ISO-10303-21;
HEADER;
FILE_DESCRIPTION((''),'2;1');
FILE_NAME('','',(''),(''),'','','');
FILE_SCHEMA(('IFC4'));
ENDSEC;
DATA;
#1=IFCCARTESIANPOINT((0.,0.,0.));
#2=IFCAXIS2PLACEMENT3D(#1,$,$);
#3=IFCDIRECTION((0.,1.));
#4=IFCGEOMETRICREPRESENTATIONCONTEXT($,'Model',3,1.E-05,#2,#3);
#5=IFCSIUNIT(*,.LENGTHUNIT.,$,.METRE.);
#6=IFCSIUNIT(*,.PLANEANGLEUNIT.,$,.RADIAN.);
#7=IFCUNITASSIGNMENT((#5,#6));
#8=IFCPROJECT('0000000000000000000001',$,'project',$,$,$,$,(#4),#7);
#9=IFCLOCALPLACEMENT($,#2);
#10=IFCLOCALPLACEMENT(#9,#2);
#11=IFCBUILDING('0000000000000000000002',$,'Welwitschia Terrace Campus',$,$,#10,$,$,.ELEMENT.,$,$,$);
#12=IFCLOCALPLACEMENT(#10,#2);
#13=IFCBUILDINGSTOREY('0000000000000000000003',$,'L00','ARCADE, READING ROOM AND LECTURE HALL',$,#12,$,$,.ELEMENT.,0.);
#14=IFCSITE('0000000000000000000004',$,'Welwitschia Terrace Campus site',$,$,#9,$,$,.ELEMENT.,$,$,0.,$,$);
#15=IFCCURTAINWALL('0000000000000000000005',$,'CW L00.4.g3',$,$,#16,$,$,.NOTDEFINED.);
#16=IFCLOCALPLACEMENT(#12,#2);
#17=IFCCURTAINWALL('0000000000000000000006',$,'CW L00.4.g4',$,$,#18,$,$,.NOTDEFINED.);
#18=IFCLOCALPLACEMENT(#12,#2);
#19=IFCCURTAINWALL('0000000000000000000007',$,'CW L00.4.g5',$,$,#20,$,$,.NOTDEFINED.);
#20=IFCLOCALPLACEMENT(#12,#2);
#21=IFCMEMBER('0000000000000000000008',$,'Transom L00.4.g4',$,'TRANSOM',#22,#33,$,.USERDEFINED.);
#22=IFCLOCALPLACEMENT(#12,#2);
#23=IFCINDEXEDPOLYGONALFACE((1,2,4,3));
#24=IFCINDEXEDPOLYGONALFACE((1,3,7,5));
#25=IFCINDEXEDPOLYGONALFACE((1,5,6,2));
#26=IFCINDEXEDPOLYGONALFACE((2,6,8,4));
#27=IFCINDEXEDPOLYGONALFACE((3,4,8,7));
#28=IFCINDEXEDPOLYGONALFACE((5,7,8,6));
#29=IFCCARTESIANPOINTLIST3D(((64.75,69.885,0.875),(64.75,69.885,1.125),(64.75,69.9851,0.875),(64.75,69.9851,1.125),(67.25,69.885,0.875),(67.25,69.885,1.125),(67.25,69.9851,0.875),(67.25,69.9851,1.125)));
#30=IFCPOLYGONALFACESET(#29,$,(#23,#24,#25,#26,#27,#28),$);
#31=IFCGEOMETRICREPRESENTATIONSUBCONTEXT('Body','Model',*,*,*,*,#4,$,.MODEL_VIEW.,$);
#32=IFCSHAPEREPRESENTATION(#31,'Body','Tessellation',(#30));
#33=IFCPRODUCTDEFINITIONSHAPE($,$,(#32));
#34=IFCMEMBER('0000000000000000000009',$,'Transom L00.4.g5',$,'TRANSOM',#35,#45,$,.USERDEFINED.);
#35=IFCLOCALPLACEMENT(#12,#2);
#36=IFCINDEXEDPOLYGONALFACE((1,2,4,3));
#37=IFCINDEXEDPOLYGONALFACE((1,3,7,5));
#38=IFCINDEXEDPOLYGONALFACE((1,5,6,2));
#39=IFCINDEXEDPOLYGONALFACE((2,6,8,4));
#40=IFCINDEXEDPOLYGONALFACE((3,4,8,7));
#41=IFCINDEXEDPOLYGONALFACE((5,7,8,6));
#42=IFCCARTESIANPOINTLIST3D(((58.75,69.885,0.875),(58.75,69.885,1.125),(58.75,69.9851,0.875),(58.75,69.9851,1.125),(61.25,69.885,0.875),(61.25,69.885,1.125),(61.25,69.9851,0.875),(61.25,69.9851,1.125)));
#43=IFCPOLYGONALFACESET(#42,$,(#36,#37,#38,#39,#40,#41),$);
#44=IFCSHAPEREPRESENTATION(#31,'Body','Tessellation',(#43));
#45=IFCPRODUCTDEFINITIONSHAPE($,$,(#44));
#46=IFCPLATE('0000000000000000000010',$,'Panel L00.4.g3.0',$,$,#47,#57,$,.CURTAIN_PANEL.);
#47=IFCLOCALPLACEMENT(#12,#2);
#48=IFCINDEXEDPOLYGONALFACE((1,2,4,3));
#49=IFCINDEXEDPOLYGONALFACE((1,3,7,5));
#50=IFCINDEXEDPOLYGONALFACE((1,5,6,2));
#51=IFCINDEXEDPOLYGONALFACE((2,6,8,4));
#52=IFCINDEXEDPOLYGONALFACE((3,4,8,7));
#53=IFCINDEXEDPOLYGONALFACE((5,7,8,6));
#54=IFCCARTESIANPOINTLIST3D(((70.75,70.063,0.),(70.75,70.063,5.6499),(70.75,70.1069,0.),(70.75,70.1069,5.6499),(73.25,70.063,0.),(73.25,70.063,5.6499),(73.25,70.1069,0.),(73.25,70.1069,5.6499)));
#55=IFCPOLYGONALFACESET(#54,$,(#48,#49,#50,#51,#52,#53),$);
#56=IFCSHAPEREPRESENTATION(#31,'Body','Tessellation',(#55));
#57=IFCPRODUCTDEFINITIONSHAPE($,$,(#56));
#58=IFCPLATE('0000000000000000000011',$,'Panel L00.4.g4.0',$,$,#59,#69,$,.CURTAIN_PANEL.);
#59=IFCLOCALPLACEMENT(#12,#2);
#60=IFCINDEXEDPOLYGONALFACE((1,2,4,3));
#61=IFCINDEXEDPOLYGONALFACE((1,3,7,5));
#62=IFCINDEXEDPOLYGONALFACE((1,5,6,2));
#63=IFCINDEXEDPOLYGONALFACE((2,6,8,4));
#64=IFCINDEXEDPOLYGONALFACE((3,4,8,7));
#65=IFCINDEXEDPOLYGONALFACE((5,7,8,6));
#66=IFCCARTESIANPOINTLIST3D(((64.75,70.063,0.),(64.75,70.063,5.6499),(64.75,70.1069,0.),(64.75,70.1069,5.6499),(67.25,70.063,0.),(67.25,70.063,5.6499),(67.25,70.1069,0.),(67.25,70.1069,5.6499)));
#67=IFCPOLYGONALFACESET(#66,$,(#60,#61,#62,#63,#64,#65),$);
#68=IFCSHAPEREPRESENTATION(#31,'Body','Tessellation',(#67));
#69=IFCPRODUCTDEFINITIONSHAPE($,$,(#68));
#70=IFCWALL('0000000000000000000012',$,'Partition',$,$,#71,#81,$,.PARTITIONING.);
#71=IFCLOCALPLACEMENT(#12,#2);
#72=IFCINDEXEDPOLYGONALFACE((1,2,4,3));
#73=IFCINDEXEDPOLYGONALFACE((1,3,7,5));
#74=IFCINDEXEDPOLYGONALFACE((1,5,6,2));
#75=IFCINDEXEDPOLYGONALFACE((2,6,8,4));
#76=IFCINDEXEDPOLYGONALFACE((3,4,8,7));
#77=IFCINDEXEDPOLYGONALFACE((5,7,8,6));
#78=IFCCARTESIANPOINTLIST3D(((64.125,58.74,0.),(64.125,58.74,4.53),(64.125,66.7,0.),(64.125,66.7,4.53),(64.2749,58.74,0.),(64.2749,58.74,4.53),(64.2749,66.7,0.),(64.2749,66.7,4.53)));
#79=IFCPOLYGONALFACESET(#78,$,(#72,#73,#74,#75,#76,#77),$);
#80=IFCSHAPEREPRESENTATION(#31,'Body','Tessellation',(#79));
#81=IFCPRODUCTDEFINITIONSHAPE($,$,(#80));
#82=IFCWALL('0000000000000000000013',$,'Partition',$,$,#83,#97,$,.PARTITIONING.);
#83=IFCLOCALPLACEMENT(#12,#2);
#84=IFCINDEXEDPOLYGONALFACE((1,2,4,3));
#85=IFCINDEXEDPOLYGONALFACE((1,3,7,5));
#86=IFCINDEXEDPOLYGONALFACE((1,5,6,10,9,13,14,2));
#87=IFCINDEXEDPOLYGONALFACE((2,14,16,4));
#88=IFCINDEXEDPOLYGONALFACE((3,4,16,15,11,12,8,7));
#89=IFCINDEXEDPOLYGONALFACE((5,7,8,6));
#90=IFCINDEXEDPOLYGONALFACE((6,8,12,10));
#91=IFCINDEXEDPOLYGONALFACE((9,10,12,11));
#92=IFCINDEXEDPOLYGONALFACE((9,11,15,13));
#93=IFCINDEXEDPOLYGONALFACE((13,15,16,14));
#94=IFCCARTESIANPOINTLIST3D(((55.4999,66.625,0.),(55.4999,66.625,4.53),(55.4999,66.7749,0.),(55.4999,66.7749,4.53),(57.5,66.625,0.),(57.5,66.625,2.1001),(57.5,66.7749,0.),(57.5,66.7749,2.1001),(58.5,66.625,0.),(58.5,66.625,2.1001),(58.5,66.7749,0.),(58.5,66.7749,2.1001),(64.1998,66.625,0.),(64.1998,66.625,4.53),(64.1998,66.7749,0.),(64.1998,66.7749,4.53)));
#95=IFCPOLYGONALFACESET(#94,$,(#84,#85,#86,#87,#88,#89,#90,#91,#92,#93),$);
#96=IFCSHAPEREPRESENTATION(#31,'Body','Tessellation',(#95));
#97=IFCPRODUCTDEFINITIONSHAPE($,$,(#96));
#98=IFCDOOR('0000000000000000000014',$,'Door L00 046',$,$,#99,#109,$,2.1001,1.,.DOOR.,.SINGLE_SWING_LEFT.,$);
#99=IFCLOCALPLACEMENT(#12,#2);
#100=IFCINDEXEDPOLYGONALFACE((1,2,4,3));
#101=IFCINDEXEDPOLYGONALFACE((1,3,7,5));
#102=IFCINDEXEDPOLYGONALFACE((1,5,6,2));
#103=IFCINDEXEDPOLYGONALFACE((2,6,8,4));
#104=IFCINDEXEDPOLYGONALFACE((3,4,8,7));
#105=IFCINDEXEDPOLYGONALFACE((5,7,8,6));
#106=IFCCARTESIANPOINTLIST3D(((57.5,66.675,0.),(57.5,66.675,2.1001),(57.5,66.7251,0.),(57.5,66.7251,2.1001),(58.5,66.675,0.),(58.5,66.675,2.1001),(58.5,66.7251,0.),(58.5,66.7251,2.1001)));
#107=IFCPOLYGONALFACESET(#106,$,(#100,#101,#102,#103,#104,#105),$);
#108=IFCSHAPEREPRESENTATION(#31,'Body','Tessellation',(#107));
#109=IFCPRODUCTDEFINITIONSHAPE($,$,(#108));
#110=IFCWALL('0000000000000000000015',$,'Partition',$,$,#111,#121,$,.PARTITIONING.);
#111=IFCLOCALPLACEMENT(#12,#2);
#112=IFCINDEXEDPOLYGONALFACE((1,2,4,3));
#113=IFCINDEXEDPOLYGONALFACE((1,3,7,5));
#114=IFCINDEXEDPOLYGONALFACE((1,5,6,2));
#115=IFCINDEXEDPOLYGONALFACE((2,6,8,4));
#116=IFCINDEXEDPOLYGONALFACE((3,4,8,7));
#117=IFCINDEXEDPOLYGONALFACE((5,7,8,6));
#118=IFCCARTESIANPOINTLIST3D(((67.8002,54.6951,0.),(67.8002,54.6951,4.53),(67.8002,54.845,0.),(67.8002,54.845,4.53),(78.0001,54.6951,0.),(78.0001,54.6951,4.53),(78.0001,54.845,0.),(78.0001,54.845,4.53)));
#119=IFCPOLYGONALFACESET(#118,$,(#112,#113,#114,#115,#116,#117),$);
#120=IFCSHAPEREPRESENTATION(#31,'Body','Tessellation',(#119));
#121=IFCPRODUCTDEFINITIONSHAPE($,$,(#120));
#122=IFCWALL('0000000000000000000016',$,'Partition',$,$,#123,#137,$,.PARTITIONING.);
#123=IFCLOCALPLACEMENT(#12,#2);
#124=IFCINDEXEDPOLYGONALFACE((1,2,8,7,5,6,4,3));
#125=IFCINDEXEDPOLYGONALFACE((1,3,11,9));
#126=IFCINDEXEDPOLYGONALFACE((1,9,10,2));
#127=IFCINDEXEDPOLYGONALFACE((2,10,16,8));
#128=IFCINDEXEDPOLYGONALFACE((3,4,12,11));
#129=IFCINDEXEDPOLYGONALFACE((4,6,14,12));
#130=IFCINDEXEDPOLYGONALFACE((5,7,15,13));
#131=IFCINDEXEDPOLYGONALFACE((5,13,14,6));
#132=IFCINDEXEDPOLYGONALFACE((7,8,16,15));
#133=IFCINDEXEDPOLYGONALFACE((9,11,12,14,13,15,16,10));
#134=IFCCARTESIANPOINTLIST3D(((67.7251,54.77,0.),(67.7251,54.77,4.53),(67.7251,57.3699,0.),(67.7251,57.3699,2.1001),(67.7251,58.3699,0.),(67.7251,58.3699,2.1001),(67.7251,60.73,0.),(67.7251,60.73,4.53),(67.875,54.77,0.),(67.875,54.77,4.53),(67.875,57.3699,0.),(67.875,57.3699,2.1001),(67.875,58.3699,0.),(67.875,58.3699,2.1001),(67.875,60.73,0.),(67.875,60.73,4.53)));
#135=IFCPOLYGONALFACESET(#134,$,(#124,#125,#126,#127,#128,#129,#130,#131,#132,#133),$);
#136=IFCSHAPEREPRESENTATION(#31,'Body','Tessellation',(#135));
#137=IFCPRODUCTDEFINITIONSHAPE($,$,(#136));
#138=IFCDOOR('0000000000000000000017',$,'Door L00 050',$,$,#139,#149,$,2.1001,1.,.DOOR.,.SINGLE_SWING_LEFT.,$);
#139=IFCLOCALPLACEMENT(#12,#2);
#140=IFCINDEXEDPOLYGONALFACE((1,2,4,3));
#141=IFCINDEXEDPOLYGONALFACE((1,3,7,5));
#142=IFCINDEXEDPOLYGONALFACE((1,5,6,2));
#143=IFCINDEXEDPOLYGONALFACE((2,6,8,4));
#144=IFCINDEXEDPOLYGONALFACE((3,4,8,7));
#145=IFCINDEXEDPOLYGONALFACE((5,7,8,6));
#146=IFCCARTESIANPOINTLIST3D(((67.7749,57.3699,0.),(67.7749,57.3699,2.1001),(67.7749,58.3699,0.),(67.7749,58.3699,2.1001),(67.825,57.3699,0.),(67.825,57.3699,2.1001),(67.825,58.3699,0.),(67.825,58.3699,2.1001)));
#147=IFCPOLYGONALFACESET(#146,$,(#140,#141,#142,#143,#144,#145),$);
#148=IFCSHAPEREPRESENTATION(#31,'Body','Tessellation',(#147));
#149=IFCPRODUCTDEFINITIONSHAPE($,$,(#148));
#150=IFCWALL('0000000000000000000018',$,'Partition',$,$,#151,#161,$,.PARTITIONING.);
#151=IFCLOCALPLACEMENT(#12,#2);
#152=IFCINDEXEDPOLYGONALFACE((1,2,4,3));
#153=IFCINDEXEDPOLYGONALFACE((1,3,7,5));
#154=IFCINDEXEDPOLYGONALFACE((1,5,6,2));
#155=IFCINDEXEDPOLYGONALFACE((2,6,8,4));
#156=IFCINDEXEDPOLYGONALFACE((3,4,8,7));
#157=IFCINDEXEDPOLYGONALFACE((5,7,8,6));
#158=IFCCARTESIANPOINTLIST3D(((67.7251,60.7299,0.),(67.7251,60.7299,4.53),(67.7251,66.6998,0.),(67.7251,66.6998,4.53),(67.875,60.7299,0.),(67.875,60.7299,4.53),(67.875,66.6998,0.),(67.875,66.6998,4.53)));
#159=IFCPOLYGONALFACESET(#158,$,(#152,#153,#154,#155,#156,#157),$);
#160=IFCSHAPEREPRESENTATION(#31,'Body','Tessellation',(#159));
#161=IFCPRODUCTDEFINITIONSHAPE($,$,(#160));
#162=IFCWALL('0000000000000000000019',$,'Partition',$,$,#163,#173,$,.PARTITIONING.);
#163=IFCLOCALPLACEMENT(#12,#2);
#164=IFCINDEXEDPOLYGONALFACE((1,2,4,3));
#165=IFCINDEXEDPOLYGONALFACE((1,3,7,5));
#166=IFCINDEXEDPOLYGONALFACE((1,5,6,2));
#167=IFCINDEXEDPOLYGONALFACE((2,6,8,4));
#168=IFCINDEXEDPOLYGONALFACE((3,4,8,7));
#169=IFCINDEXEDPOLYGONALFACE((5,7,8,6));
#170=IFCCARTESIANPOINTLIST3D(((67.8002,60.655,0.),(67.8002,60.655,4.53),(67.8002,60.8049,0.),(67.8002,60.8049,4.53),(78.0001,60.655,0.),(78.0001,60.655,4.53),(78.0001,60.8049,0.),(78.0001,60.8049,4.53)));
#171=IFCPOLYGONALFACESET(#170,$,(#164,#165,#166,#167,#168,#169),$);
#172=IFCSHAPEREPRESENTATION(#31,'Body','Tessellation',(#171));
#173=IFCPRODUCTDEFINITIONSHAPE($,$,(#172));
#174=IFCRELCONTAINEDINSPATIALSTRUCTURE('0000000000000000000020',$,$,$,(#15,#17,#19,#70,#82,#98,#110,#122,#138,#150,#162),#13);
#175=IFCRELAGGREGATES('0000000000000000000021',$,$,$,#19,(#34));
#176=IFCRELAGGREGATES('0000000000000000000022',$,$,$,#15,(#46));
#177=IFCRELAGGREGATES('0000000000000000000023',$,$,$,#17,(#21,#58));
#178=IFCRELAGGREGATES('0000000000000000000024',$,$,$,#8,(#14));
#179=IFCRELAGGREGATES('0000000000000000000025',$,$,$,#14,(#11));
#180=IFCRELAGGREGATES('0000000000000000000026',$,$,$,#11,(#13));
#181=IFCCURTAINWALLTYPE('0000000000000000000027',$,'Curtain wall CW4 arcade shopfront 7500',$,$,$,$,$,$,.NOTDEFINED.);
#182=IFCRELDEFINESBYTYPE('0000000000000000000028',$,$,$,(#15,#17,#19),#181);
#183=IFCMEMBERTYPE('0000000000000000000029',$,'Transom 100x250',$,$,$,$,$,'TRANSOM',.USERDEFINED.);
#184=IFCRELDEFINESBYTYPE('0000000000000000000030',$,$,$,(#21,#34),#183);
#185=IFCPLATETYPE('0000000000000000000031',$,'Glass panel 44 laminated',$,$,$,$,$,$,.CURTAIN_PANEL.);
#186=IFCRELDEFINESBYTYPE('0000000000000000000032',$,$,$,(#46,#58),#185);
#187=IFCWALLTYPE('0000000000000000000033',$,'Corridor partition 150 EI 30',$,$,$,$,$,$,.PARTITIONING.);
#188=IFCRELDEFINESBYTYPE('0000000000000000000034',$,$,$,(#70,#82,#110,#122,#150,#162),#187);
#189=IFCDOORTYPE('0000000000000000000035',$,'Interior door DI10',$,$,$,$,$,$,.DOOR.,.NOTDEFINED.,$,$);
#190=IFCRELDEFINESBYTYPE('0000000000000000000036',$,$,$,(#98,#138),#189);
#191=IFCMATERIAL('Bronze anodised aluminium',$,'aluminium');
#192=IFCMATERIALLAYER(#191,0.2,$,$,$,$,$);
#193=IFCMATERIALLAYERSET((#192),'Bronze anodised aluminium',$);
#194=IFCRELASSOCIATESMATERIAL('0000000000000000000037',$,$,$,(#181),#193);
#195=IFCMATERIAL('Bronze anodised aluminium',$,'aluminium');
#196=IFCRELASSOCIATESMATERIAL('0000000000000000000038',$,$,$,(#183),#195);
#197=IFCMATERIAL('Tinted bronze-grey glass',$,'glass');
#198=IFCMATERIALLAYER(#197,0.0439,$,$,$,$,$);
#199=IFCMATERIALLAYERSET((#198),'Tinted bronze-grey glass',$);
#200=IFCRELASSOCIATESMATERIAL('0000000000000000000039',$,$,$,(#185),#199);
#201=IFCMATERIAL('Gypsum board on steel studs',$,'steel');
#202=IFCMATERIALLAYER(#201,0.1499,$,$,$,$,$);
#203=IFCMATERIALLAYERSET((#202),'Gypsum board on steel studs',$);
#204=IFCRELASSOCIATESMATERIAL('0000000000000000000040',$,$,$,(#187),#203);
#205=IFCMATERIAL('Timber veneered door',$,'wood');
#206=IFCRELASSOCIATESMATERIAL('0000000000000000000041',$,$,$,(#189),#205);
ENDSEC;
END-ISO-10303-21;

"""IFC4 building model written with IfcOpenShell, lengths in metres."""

from ifc_helpers import new_model, si_unit, direction, frame, frame_2d, origin, origin_2d, place, context, subcontext, project, spatial, rectangle, extrude, material, layer, layer_set, material_profile, profile_set, type_object, element, fill, aggregate, save


model = new_model("IFC4")

# Units and contexts
model_context = context("Model", 3, precision=1e-05, world=origin(), true_north=direction((0.0, 1.0)))
body_context = subcontext(model_context, "Body", "Model", "MODEL_VIEW")
ifc_project = project(units=[si_unit("LENGTHUNIT", "METRE"), si_unit("PLANEANGLEUNIT", "RADIAN")], contexts=[model_context])

# Site, building, storey
site_placement = place(None, origin())
site = spatial("IfcSite", under=ifc_project, at=site_placement, Name="Welwitschia Terrace Campus site", CompositionType="ELEMENT", RefElevation=0.0)
building_placement = place(site_placement, origin())
building = spatial("IfcBuilding", under=site, at=building_placement, Name="Welwitschia Terrace Campus", CompositionType="ELEMENT")
storey_placement = place(building_placement, origin())
storey = spatial("IfcBuildingStorey", under=building, at=storey_placement, Name="L00", Description="ARCADE, READING ROOM AND LECTURE HALL", CompositionType="ELEMENT", Elevation=0.0)

# Shared definitions
ifc_material_1 = material(Name="Bronze anodised aluminium", Category="aluminium")
ifc_layer_1 = layer(ifc_material_1, 0.2)
ifc_layer_set_1 = layer_set([ifc_layer_1], Name="Bronze anodised aluminium")
curtain_wall_type = type_object("IfcCurtainWallType", Name="Curtain wall CW4 arcade shopfront 7500", PredefinedType="NOTDEFINED", material=ifc_layer_set_1)

# Curtain walls
curtain_wall_1_placement = place(storey_placement, origin())
curtain_wall_1 = element("IfcCurtainWall", 1, at=curtain_wall_1_placement, inside=storey, type_object=curtain_wall_type, Name="CW L00.4.g3", PredefinedType="NOTDEFINED")
curtain_wall_2_placement = place(storey_placement, origin())
curtain_wall_2 = element("IfcCurtainWall", 2, at=curtain_wall_2_placement, inside=storey, type_object=curtain_wall_type, Name="CW L00.4.g4", PredefinedType="NOTDEFINED")

# Curtain wall
curtain_wall_3_placement = place(storey_placement, origin())
curtain_wall_3 = element("IfcCurtainWall", 3, at=curtain_wall_3_placement, inside=storey, type_object=curtain_wall_type, Name="CW L00.4.g5", PredefinedType="NOTDEFINED")

# Members
ifc_material_2 = material(Name="Bronze anodised aluminium", Category="aluminium")
ifc_material_profile_1 = material_profile(ifc_material_2, rectangle(XDim=0.1001, YDim=0.25, at=origin_2d()))
ifc_profile_set_1 = profile_set([ifc_material_profile_1], Name="Bronze anodised aluminium")
member_type_1 = type_object("IfcMemberType", Name="Transom 100x250", ElementType="TRANSOM", PredefinedType="USERDEFINED", material=ifc_profile_set_1)
member_1_placement = place(storey_placement, frame((67.25, 69.9351, 1.0), z_axis=(-1.0, 0.0, 0.0), x_axis=(0.0, -1.0, 0.0)))
member_1 = element("IfcMember", 4, at=member_1_placement, type_object=member_type_1, Name="Transom L00.4.g4", ObjectType="TRANSOM", PredefinedType="USERDEFINED", context=body_context, shape_type="SweptSolid", body=[
    extrude(rectangle(XDim=0.1001, YDim=0.25, at=origin_2d()), origin(), (0.0, 0.0, 1.0), 2.5),
])
member_2_placement = place(storey_placement, frame((61.25, 69.9351, 1.0), z_axis=(-1.0, 0.0, 0.0), x_axis=(0.0, -1.0, 0.0)))
member_2 = element("IfcMember", 5, at=member_2_placement, type_object=member_type_1, Name="Transom L00.4.g5", ObjectType="TRANSOM", PredefinedType="USERDEFINED", context=body_context, shape_type="SweptSolid", body=[
    extrude(rectangle(XDim=0.1001, YDim=0.25, at=origin_2d()), origin(), (0.0, 0.0, 1.0), 2.5),
])
aggregate(curtain_wall_3, [member_2])

# Plates
ifc_material_3 = material(Name="Tinted bronze-grey glass", Category="glass")
ifc_layer_2 = layer(ifc_material_3, 0.0439)
ifc_layer_set_2 = layer_set([ifc_layer_2], Name="Tinted bronze-grey glass")
plate_type = type_object("IfcPlateType", Name="Glass panel 44 laminated", PredefinedType="CURTAIN_PANEL", material=ifc_layer_set_2)
plate_1_placement = place(storey_placement, frame((72.0, 70.085, 0.0), z_axis=(0.0, 0.0, 1.0), x_axis=(-1.0, 0.0, 0.0)))
plate_1 = element("IfcPlate", 6, at=plate_1_placement, type_object=plate_type, Name="Panel L00.4.g3.0", PredefinedType="CURTAIN_PANEL", context=body_context, shape_type="SweptSolid", body=[
    extrude(rectangle(XDim=2.5, YDim=0.0439, at=origin_2d()), origin(), (0.0, 0.0, 1.0), 5.6499),
])
aggregate(curtain_wall_1, [plate_1])
plate_2_placement = place(storey_placement, frame((66.0, 70.085, 0.0), z_axis=(0.0, 0.0, 1.0), x_axis=(-1.0, 0.0, 0.0)))
plate_2 = element("IfcPlate", 7, at=plate_2_placement, type_object=plate_type, Name="Panel L00.4.g4.0", PredefinedType="CURTAIN_PANEL", context=body_context, shape_type="SweptSolid", body=[
    extrude(rectangle(XDim=2.5, YDim=0.0439, at=origin_2d()), origin(), (0.0, 0.0, 1.0), 5.6499),
])
aggregate(curtain_wall_2, [member_1, plate_2])

# Wall
ifc_material_4 = material(Name="Gypsum board on steel studs", Category="steel")
ifc_layer_3 = layer(ifc_material_4, 0.1499)
ifc_layer_set_3 = layer_set([ifc_layer_3], Name="Gypsum board on steel studs")
wall_type_1 = type_object("IfcWallType", Name="Corridor partition 150 EI 30", PredefinedType="PARTITIONING", material=ifc_layer_set_3)
wall_1_placement = place(storey_placement, frame((64.2, 58.74, 0.0), z_axis=(0.0, 0.0, 1.0), x_axis=(0.0, 1.0, 0.0)))
element("IfcWall", 8, at=wall_1_placement, inside=storey, type_object=wall_type_1, Name="Partition", PredefinedType="PARTITIONING", context=body_context, shape_type="SweptSolid", body=[
    extrude(rectangle(XDim=7.96, YDim=0.1499, at=frame_2d((3.98, 0.0))), origin(), (0.0, 0.0, 1.0), 4.53),
])

# Wall, opening, door
wall_2_placement = place(storey_placement, frame((64.2, 66.7, 0.0), z_axis=(0.0, 0.0, 1.0), x_axis=(-1.0, 0.0, 0.0)))
wall_2 = element("IfcWall", 9, at=wall_2_placement, inside=storey, type_object=wall_type_1, Name="Partition", PredefinedType="PARTITIONING", context=body_context, shape_type="SweptSolid", body=[
    extrude(rectangle(XDim=8.7, YDim=0.1499, at=frame_2d((4.3501, 0.0))), origin(), (0.0, 0.0, 1.0), 4.53),
])
opening_1_placement = place(wall_2_placement, frame((5.7, 0.0, 0.0)))
opening_1 = element("IfcOpeningElement", 10, at=opening_1_placement, cuts=wall_2, PredefinedType="OPENING", context=body_context, shape_type="SweptSolid", body=[
    extrude(rectangle(XDim=1.0, YDim=2.1001, at=frame_2d((0.5, 1.05))), frame((0.0, 0.085, 0.0), z_axis=(0.0, -1.0, 0.0), x_axis=(1.0, 0.0, 0.0)), (0.0, 0.0, 1.0), 0.1699),
])
ifc_material_5 = material(Name="Timber veneered door", Category="wood")
door_type_1 = type_object("IfcDoorType", Name="Interior door DI10", OperationType="NOTDEFINED", PredefinedType="DOOR", material=ifc_material_5)
door_1_placement = place(opening_1_placement, origin())
door_1 = element("IfcDoor", 11, at=door_1_placement, inside=storey, type_object=door_type_1, Name="Door L00 046", OperationType="SINGLE_SWING_LEFT", OverallHeight=2.1001, OverallWidth=1.0, PredefinedType="DOOR", context=body_context, shape_type="SweptSolid", body=[
    extrude(rectangle(XDim=1.0, YDim=2.1001, at=frame_2d((0.5, 1.05))), frame((0.0, 0.0249, 0.0), z_axis=(0.0, -1.0, 0.0), x_axis=(1.0, 0.0, 0.0)), (0.0, 0.0, 1.0), 0.05),
])
fill(opening_1, door_1)

# Wall
wall_3_placement = place(storey_placement, frame((67.8, 54.77, 0.0), z_axis=(0.0, 0.0, 1.0), x_axis=(1.0, 0.0, 0.0)))
element("IfcWall", 12, at=wall_3_placement, inside=storey, type_object=wall_type_1, Name="Partition", PredefinedType="PARTITIONING", context=body_context, shape_type="SweptSolid", body=[
    extrude(rectangle(XDim=10.2, YDim=0.1499, at=frame_2d((5.1001, 0.0))), origin(), (0.0, 0.0, 1.0), 4.53),
])

# Wall, opening, door
wall_4_placement = place(storey_placement, frame((67.8, 60.73, 0.0), z_axis=(0.0, 0.0, 1.0), x_axis=(0.0, -1.0, 0.0)))
wall_4 = element("IfcWall", 13, at=wall_4_placement, inside=storey, type_object=wall_type_1, Name="Partition", PredefinedType="PARTITIONING", context=body_context, shape_type="SweptSolid", body=[
    extrude(rectangle(XDim=5.96, YDim=0.1499, at=frame_2d((2.98, 0.0))), origin(), (0.0, 0.0, 1.0), 4.53),
])
opening_2_placement = place(wall_4_placement, frame((2.3601, 0.0, 0.0)))
opening_2 = element("IfcOpeningElement", 14, at=opening_2_placement, cuts=wall_4, PredefinedType="OPENING", context=body_context, shape_type="SweptSolid", body=[
    extrude(rectangle(XDim=1.0, YDim=2.1001, at=frame_2d((0.5, 1.05))), frame((0.0, 0.085, 0.0), z_axis=(0.0, -1.0, 0.0), x_axis=(1.0, 0.0, 0.0)), (0.0, 0.0, 1.0), 0.1699),
])
door_2_placement = place(opening_2_placement, origin())
door_2 = element("IfcDoor", 15, at=door_2_placement, inside=storey, type_object=door_type_1, Name="Door L00 050", OperationType="SINGLE_SWING_LEFT", OverallHeight=2.1001, OverallWidth=1.0, PredefinedType="DOOR", context=body_context, shape_type="SweptSolid", body=[
    extrude(rectangle(XDim=1.0, YDim=2.1001, at=frame_2d((0.5, 1.05))), frame((0.0, 0.0249, 0.0), z_axis=(0.0, -1.0, 0.0), x_axis=(1.0, 0.0, 0.0)), (0.0, 0.0, 1.0), 0.05),
])
fill(opening_2, door_2)

# Walls
wall_5_placement = place(storey_placement, frame((67.8, 60.73, 0.0), z_axis=(0.0, 0.0, 1.0), x_axis=(0.0, 1.0, 0.0)))
element("IfcWall", 16, at=wall_5_placement, inside=storey, type_object=wall_type_1, Name="Partition", PredefinedType="PARTITIONING", context=body_context, shape_type="SweptSolid", body=[
    extrude(rectangle(XDim=5.97, YDim=0.1499, at=frame_2d((2.9849, 0.0))), origin(), (0.0, 0.0, 1.0), 4.53),
])
wall_6_placement = place(storey_placement, frame((67.8, 60.73, 0.0), z_axis=(0.0, 0.0, 1.0), x_axis=(1.0, 0.0, 0.0)))
element("IfcWall", 17, at=wall_6_placement, inside=storey, type_object=wall_type_1, Name="Partition", PredefinedType="PARTITIONING", context=body_context, shape_type="SweptSolid", body=[
    extrude(rectangle(XDim=10.2, YDim=0.1499, at=frame_2d((5.1001, 0.0))), origin(), (0.0, 0.0, 1.0), 4.53),
])

save(model, "model.ifc")
